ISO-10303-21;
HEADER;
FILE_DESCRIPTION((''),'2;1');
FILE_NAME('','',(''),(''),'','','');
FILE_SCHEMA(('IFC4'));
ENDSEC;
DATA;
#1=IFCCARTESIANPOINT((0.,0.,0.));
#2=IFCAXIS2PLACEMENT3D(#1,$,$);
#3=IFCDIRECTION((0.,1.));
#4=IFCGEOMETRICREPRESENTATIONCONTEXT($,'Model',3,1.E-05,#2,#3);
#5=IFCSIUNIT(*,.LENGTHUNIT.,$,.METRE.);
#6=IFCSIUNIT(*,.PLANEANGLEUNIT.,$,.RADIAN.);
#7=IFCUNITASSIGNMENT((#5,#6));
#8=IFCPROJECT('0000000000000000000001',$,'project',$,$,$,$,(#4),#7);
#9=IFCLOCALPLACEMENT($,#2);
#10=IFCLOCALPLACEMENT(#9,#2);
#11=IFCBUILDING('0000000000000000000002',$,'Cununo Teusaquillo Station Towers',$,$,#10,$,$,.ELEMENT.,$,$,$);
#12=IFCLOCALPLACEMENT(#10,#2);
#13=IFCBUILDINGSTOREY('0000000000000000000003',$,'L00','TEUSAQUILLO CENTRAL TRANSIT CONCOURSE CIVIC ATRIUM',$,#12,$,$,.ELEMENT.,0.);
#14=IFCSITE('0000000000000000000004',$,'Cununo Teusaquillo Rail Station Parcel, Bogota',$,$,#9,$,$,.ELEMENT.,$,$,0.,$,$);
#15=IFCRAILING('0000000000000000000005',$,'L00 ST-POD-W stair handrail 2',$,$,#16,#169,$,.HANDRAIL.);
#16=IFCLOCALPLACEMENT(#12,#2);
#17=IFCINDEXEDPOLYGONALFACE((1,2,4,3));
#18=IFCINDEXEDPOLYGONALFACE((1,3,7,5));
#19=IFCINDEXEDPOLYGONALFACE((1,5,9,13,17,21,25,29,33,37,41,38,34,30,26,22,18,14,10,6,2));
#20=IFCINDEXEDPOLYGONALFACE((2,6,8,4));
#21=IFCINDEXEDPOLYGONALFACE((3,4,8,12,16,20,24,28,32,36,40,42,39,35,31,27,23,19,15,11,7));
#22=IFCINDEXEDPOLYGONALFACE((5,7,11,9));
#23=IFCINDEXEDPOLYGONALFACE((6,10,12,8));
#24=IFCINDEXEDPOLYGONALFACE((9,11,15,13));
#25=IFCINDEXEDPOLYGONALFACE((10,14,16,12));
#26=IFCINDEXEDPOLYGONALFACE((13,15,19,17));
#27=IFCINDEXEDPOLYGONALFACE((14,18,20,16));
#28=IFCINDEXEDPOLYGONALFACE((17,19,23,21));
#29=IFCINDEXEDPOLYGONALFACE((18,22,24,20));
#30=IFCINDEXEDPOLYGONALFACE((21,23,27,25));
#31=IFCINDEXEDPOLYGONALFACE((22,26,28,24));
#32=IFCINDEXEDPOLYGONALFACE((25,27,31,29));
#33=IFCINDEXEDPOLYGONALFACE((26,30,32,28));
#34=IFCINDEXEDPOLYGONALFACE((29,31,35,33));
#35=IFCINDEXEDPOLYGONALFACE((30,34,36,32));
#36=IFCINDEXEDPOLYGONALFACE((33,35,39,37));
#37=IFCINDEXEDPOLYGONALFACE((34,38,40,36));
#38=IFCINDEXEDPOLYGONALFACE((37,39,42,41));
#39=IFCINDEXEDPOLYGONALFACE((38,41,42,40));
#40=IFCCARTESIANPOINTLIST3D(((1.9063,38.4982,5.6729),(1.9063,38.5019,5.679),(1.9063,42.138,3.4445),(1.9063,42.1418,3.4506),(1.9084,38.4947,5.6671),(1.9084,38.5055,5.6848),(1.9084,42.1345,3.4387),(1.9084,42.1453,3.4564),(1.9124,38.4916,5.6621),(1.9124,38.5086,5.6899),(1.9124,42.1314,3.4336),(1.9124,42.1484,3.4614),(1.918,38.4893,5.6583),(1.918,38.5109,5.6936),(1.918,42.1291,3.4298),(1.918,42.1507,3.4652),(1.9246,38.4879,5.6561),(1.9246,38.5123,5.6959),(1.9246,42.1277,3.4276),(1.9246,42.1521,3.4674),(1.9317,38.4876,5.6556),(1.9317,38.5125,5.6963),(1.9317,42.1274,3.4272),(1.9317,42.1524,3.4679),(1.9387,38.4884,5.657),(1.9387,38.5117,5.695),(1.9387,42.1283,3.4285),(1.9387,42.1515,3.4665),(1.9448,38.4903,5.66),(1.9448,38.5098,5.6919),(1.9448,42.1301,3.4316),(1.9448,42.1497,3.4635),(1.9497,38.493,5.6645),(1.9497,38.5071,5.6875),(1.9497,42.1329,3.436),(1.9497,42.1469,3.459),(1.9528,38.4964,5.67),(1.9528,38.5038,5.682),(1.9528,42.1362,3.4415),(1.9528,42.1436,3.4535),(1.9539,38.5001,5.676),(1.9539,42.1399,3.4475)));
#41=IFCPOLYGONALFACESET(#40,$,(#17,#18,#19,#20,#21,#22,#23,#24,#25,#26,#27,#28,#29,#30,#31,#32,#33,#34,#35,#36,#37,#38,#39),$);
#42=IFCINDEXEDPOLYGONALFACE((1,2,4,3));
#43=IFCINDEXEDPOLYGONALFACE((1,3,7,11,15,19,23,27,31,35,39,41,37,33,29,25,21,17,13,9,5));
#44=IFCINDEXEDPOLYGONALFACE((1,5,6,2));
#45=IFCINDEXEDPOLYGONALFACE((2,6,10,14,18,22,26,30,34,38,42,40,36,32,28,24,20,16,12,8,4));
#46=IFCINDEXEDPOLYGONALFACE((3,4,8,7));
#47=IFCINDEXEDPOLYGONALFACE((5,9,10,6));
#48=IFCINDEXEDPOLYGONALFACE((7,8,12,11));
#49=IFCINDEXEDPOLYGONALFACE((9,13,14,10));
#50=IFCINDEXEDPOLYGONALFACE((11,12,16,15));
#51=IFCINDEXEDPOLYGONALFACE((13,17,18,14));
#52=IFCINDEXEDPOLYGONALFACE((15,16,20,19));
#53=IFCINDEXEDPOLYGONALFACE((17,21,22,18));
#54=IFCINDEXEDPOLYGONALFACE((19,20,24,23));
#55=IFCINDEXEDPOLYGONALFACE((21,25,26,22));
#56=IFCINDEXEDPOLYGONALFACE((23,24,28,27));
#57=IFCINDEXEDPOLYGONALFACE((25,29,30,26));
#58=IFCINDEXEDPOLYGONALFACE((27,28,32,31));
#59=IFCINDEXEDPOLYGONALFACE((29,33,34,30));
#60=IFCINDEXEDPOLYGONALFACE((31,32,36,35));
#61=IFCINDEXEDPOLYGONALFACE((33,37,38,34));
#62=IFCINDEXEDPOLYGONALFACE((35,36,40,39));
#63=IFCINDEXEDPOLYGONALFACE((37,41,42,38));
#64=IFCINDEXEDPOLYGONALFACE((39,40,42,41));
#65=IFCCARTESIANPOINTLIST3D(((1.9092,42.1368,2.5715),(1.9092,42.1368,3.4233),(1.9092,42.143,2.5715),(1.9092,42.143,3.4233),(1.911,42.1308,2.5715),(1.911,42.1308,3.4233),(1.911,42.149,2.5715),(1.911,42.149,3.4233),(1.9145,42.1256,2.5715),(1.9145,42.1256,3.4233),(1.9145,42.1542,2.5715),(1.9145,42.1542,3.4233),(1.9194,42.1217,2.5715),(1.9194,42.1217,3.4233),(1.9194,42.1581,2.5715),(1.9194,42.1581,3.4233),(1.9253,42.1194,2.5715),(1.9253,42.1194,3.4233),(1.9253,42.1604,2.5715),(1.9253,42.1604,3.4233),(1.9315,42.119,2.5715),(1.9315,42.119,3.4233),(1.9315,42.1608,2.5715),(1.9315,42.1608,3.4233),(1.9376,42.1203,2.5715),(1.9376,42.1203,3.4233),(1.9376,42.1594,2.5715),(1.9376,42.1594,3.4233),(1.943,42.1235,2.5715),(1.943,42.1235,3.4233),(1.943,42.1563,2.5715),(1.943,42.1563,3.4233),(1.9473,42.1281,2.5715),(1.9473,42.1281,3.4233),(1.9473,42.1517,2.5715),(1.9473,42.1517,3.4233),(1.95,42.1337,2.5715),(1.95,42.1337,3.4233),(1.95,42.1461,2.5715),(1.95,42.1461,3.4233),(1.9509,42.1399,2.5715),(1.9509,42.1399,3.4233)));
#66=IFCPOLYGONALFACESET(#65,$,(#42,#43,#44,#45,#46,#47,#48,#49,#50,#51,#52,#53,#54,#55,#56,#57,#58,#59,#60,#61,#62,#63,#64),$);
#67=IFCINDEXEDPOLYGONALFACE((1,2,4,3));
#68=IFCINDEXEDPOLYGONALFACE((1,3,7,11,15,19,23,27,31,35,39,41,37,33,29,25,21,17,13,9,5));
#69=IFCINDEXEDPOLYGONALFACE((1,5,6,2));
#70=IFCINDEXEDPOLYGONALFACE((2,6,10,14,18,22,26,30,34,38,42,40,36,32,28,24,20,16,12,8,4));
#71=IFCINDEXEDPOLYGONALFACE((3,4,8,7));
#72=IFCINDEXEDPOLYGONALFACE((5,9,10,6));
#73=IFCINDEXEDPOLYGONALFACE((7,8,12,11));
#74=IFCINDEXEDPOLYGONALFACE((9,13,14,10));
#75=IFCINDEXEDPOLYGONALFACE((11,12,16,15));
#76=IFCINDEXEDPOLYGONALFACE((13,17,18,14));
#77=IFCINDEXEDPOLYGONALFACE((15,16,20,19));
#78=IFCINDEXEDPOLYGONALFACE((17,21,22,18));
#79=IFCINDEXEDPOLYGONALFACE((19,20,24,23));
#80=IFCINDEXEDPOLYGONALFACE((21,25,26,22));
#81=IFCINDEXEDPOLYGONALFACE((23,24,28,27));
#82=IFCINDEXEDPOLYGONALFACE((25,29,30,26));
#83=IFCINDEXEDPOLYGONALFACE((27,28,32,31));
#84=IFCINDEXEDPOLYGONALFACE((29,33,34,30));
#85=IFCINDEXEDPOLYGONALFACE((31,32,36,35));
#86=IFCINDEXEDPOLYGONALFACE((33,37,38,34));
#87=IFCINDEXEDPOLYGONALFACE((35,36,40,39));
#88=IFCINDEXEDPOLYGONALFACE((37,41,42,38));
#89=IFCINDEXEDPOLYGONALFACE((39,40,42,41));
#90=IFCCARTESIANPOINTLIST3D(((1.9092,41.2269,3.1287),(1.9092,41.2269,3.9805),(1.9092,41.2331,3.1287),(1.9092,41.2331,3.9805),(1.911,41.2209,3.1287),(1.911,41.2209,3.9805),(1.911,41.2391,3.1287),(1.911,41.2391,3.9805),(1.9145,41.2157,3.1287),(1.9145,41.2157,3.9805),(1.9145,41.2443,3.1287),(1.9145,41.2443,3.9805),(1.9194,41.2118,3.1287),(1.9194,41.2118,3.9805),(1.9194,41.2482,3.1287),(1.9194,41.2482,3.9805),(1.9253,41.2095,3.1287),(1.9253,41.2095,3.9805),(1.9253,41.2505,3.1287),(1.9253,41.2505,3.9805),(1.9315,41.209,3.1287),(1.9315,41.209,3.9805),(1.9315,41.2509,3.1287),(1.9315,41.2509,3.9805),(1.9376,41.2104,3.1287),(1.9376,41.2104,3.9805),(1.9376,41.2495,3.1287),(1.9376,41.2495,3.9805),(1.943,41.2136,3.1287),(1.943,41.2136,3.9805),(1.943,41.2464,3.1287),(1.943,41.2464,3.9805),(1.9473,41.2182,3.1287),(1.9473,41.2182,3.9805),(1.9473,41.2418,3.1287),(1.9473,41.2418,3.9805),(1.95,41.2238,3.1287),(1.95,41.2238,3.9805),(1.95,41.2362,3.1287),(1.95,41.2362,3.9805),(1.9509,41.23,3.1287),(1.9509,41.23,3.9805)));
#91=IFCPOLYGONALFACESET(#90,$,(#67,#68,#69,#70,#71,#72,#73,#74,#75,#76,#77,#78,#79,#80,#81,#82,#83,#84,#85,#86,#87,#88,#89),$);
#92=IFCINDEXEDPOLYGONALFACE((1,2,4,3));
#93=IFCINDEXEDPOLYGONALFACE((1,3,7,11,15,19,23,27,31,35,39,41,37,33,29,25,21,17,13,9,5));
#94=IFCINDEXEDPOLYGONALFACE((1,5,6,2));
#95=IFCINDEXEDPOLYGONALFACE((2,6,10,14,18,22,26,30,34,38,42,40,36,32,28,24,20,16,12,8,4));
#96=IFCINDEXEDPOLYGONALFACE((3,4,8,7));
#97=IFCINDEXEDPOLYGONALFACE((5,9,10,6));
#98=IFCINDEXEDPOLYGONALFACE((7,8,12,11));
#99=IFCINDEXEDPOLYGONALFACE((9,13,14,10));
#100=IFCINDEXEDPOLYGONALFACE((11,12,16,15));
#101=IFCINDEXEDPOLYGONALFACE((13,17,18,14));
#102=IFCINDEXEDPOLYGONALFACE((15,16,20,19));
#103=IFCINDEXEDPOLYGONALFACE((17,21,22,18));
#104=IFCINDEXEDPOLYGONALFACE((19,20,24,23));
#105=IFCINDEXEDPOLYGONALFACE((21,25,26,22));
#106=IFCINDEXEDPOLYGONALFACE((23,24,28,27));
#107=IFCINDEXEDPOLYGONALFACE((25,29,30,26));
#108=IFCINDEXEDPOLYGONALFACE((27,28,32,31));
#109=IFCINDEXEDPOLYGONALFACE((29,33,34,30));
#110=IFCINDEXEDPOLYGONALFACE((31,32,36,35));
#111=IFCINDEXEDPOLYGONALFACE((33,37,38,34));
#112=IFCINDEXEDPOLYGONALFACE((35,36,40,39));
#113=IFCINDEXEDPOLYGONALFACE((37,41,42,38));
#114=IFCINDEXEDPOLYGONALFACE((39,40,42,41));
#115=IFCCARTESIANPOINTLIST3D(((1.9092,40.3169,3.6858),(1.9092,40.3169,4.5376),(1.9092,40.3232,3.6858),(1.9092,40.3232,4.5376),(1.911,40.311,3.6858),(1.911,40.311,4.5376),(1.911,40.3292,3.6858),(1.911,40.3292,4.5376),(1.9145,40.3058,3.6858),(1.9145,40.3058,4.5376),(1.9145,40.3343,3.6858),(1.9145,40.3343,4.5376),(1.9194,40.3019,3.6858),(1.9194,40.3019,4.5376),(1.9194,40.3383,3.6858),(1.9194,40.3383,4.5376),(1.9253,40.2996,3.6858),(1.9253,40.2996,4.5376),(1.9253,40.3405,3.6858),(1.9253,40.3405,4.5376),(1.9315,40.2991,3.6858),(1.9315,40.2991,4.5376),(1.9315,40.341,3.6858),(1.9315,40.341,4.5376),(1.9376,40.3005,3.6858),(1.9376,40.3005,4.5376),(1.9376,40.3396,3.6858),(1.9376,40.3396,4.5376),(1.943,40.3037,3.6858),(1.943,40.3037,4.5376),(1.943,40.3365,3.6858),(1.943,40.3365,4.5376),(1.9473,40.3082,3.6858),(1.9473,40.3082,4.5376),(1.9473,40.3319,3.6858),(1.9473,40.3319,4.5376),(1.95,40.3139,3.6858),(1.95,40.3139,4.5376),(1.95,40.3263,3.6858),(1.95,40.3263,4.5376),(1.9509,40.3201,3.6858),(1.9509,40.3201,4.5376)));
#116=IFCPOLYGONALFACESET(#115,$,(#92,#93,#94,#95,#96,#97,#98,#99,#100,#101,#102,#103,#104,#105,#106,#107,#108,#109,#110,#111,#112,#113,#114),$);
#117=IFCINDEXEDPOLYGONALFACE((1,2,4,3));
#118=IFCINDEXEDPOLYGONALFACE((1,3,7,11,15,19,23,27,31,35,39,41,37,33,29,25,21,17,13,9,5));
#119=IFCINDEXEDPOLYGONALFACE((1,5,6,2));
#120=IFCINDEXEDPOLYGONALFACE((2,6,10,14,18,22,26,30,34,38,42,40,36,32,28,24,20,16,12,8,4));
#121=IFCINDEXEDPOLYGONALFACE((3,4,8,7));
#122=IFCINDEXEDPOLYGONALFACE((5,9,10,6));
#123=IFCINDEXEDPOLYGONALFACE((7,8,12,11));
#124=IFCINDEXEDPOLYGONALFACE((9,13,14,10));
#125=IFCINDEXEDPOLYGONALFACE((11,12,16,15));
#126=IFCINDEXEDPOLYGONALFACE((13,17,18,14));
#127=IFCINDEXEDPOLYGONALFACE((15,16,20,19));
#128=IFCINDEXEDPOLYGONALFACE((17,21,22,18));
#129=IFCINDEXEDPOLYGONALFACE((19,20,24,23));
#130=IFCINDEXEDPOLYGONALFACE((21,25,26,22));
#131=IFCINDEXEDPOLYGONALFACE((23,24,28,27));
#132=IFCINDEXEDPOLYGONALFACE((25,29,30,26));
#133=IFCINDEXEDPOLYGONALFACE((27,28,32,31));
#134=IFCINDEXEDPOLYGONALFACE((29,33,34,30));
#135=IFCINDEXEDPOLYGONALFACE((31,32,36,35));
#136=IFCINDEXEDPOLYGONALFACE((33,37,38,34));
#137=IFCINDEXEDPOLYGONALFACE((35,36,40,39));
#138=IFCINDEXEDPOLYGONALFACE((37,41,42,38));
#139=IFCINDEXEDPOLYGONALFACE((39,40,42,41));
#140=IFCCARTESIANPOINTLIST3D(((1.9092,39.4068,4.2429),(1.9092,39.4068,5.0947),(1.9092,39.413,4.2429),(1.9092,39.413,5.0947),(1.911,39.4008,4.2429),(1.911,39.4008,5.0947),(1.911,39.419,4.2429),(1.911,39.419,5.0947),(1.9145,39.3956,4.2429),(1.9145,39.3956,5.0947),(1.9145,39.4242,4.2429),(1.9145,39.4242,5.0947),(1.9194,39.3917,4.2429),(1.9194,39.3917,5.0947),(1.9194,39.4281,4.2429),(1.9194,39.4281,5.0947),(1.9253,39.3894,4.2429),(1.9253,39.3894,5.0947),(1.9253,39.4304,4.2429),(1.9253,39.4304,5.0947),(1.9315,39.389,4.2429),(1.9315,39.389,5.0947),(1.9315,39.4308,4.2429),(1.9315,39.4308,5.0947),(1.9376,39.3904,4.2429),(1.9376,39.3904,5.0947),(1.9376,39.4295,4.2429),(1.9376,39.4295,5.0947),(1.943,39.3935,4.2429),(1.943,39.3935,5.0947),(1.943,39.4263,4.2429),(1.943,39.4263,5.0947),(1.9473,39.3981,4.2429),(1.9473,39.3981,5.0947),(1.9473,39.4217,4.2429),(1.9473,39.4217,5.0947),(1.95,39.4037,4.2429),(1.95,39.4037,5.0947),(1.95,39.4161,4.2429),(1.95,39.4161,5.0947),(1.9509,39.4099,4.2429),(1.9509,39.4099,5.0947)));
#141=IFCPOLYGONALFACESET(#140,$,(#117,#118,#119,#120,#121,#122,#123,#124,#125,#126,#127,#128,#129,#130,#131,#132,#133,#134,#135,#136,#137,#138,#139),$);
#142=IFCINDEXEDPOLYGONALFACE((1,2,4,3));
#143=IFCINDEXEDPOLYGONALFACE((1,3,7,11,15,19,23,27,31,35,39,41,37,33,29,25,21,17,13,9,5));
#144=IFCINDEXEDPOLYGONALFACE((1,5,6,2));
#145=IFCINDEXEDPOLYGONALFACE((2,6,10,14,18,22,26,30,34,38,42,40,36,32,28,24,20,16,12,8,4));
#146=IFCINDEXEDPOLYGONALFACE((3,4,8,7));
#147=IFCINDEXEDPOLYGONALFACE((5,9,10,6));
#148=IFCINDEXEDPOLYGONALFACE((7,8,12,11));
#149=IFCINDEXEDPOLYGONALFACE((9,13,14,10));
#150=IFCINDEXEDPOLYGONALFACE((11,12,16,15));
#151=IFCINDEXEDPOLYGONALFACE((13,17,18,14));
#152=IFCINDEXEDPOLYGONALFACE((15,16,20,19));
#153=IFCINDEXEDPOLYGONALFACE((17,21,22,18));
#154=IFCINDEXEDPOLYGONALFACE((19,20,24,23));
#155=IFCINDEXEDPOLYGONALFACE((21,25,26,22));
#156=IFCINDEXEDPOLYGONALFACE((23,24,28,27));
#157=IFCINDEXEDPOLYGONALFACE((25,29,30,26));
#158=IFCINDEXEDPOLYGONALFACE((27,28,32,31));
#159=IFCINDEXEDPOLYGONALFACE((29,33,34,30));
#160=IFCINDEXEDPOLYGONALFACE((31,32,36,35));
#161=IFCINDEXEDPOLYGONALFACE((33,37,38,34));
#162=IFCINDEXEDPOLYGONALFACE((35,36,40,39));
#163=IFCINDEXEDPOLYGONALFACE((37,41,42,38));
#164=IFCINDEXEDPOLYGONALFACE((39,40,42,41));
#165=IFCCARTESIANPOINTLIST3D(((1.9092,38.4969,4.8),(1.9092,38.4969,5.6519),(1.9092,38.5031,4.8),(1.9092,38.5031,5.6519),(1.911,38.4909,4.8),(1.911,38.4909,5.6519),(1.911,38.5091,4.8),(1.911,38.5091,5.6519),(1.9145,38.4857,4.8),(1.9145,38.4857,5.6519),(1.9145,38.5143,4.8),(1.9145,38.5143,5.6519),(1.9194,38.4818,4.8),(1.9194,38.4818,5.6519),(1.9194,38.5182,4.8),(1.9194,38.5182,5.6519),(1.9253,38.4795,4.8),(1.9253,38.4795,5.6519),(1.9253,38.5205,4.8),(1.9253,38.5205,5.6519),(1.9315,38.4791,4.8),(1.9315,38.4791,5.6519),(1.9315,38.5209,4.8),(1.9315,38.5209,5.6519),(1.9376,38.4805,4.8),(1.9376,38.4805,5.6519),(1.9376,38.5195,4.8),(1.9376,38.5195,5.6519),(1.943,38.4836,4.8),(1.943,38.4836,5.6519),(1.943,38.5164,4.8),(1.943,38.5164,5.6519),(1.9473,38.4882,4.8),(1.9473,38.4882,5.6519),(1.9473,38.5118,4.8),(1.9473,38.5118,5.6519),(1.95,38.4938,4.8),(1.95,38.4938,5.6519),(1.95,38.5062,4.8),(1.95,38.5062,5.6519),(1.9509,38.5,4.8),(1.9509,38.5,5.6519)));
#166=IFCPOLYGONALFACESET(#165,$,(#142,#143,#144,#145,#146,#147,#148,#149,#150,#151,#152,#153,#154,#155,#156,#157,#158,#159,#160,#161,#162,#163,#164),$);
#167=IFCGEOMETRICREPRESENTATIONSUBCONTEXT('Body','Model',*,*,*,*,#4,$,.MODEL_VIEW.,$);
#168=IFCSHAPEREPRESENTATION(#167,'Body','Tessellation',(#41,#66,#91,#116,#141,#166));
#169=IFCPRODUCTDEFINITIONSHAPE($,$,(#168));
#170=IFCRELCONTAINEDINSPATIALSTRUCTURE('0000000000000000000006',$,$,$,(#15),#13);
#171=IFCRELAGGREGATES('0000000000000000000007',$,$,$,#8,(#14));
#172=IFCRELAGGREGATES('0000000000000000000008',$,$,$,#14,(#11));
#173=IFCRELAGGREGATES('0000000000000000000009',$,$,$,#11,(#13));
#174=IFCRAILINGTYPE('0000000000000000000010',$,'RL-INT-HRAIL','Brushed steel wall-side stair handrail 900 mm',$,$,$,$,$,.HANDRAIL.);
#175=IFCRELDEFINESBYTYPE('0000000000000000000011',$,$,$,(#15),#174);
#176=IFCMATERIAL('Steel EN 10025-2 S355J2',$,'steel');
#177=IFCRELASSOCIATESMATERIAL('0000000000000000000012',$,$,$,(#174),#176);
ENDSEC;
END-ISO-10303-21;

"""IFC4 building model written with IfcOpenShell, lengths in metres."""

from ifc_helpers import new_model, si_unit, direction, frame, origin, origin_2d, place, context, subcontext, project, spatial, circle, extrude, material, type_object, element, save


model = new_model("IFC4")

# Units and contexts
model_context = context("Model", 3, precision=1e-05, world=origin(), true_north=direction((0.0, 1.0)))
body_context = subcontext(model_context, "Body", "Model", "MODEL_VIEW")
ifc_project = project(units=[si_unit("LENGTHUNIT", "METRE"), si_unit("PLANEANGLEUNIT", "RADIAN")], contexts=[model_context])

# Site, building, storey
site_placement = place(None, origin())
site = spatial("IfcSite", under=ifc_project, at=site_placement, Name="Cununo Teusaquillo Rail Station Parcel, Bogota", CompositionType="ELEMENT", RefElevation=0.0)
building_placement = place(site_placement, origin())
building = spatial("IfcBuilding", under=site, at=building_placement, Name="Cununo Teusaquillo Station Towers", CompositionType="ELEMENT")
storey_placement = place(building_placement, origin())
storey = spatial("IfcBuildingStorey", under=building, at=storey_placement, Name="L00", Description="TEUSAQUILLO CENTRAL TRANSIT CONCOURSE CIVIC ATRIUM", CompositionType="ELEMENT", Elevation=0.0)

# Railing
ifc_material_1 = material(Name="Steel EN 10025-2 S355J2", Category="steel")
railing_type_1 = type_object("IfcRailingType", Name="RL-INT-HRAIL", Description="Brushed steel wall-side stair handrail 900 mm", PredefinedType="HANDRAIL", material=ifc_material_1)
railing_1_placement = place(storey_placement, frame((1.9299, 42.1399, 2.5715)))
element("IfcRailing", 1, at=railing_1_placement, inside=storey, type_object=railing_type_1, Name="L00 ST-POD-W stair handrail 2", PredefinedType="HANDRAIL", context=body_context, shape_type="SweptSolid", body=[
    extrude(circle(Radius=0.0239, at=origin_2d()), frame((0.0, 0.0, 0.876), z_axis=(0.0, -0.85285, 0.522156), x_axis=(1.0, 0.0, 0.0)), (0.0, 0.0, 1.0), 4.2678),
    extrude(circle(Radius=0.021, at=origin_2d()), origin(), (0.0, 0.0, 1.0), 0.8518),
    extrude(circle(Radius=0.021, at=origin_2d()), frame((0.0, -0.9099, 0.5571)), (0.0, 0.0, 1.0), 0.8518),
    extrude(circle(Radius=0.021, at=origin_2d()), frame((0.0, -1.8198, 1.1143)), (0.0, 0.0, 1.0), 0.8518),
    extrude(circle(Radius=0.021, at=origin_2d()), frame((0.0, -2.73, 1.6714)), (0.0, 0.0, 1.0), 0.8518),
    extrude(circle(Radius=0.021, at=origin_2d()), frame((0.0, -3.6399, 2.2285)), (0.0, 0.0, 1.0), 0.8518),
])

save(model, "model.ifc")
